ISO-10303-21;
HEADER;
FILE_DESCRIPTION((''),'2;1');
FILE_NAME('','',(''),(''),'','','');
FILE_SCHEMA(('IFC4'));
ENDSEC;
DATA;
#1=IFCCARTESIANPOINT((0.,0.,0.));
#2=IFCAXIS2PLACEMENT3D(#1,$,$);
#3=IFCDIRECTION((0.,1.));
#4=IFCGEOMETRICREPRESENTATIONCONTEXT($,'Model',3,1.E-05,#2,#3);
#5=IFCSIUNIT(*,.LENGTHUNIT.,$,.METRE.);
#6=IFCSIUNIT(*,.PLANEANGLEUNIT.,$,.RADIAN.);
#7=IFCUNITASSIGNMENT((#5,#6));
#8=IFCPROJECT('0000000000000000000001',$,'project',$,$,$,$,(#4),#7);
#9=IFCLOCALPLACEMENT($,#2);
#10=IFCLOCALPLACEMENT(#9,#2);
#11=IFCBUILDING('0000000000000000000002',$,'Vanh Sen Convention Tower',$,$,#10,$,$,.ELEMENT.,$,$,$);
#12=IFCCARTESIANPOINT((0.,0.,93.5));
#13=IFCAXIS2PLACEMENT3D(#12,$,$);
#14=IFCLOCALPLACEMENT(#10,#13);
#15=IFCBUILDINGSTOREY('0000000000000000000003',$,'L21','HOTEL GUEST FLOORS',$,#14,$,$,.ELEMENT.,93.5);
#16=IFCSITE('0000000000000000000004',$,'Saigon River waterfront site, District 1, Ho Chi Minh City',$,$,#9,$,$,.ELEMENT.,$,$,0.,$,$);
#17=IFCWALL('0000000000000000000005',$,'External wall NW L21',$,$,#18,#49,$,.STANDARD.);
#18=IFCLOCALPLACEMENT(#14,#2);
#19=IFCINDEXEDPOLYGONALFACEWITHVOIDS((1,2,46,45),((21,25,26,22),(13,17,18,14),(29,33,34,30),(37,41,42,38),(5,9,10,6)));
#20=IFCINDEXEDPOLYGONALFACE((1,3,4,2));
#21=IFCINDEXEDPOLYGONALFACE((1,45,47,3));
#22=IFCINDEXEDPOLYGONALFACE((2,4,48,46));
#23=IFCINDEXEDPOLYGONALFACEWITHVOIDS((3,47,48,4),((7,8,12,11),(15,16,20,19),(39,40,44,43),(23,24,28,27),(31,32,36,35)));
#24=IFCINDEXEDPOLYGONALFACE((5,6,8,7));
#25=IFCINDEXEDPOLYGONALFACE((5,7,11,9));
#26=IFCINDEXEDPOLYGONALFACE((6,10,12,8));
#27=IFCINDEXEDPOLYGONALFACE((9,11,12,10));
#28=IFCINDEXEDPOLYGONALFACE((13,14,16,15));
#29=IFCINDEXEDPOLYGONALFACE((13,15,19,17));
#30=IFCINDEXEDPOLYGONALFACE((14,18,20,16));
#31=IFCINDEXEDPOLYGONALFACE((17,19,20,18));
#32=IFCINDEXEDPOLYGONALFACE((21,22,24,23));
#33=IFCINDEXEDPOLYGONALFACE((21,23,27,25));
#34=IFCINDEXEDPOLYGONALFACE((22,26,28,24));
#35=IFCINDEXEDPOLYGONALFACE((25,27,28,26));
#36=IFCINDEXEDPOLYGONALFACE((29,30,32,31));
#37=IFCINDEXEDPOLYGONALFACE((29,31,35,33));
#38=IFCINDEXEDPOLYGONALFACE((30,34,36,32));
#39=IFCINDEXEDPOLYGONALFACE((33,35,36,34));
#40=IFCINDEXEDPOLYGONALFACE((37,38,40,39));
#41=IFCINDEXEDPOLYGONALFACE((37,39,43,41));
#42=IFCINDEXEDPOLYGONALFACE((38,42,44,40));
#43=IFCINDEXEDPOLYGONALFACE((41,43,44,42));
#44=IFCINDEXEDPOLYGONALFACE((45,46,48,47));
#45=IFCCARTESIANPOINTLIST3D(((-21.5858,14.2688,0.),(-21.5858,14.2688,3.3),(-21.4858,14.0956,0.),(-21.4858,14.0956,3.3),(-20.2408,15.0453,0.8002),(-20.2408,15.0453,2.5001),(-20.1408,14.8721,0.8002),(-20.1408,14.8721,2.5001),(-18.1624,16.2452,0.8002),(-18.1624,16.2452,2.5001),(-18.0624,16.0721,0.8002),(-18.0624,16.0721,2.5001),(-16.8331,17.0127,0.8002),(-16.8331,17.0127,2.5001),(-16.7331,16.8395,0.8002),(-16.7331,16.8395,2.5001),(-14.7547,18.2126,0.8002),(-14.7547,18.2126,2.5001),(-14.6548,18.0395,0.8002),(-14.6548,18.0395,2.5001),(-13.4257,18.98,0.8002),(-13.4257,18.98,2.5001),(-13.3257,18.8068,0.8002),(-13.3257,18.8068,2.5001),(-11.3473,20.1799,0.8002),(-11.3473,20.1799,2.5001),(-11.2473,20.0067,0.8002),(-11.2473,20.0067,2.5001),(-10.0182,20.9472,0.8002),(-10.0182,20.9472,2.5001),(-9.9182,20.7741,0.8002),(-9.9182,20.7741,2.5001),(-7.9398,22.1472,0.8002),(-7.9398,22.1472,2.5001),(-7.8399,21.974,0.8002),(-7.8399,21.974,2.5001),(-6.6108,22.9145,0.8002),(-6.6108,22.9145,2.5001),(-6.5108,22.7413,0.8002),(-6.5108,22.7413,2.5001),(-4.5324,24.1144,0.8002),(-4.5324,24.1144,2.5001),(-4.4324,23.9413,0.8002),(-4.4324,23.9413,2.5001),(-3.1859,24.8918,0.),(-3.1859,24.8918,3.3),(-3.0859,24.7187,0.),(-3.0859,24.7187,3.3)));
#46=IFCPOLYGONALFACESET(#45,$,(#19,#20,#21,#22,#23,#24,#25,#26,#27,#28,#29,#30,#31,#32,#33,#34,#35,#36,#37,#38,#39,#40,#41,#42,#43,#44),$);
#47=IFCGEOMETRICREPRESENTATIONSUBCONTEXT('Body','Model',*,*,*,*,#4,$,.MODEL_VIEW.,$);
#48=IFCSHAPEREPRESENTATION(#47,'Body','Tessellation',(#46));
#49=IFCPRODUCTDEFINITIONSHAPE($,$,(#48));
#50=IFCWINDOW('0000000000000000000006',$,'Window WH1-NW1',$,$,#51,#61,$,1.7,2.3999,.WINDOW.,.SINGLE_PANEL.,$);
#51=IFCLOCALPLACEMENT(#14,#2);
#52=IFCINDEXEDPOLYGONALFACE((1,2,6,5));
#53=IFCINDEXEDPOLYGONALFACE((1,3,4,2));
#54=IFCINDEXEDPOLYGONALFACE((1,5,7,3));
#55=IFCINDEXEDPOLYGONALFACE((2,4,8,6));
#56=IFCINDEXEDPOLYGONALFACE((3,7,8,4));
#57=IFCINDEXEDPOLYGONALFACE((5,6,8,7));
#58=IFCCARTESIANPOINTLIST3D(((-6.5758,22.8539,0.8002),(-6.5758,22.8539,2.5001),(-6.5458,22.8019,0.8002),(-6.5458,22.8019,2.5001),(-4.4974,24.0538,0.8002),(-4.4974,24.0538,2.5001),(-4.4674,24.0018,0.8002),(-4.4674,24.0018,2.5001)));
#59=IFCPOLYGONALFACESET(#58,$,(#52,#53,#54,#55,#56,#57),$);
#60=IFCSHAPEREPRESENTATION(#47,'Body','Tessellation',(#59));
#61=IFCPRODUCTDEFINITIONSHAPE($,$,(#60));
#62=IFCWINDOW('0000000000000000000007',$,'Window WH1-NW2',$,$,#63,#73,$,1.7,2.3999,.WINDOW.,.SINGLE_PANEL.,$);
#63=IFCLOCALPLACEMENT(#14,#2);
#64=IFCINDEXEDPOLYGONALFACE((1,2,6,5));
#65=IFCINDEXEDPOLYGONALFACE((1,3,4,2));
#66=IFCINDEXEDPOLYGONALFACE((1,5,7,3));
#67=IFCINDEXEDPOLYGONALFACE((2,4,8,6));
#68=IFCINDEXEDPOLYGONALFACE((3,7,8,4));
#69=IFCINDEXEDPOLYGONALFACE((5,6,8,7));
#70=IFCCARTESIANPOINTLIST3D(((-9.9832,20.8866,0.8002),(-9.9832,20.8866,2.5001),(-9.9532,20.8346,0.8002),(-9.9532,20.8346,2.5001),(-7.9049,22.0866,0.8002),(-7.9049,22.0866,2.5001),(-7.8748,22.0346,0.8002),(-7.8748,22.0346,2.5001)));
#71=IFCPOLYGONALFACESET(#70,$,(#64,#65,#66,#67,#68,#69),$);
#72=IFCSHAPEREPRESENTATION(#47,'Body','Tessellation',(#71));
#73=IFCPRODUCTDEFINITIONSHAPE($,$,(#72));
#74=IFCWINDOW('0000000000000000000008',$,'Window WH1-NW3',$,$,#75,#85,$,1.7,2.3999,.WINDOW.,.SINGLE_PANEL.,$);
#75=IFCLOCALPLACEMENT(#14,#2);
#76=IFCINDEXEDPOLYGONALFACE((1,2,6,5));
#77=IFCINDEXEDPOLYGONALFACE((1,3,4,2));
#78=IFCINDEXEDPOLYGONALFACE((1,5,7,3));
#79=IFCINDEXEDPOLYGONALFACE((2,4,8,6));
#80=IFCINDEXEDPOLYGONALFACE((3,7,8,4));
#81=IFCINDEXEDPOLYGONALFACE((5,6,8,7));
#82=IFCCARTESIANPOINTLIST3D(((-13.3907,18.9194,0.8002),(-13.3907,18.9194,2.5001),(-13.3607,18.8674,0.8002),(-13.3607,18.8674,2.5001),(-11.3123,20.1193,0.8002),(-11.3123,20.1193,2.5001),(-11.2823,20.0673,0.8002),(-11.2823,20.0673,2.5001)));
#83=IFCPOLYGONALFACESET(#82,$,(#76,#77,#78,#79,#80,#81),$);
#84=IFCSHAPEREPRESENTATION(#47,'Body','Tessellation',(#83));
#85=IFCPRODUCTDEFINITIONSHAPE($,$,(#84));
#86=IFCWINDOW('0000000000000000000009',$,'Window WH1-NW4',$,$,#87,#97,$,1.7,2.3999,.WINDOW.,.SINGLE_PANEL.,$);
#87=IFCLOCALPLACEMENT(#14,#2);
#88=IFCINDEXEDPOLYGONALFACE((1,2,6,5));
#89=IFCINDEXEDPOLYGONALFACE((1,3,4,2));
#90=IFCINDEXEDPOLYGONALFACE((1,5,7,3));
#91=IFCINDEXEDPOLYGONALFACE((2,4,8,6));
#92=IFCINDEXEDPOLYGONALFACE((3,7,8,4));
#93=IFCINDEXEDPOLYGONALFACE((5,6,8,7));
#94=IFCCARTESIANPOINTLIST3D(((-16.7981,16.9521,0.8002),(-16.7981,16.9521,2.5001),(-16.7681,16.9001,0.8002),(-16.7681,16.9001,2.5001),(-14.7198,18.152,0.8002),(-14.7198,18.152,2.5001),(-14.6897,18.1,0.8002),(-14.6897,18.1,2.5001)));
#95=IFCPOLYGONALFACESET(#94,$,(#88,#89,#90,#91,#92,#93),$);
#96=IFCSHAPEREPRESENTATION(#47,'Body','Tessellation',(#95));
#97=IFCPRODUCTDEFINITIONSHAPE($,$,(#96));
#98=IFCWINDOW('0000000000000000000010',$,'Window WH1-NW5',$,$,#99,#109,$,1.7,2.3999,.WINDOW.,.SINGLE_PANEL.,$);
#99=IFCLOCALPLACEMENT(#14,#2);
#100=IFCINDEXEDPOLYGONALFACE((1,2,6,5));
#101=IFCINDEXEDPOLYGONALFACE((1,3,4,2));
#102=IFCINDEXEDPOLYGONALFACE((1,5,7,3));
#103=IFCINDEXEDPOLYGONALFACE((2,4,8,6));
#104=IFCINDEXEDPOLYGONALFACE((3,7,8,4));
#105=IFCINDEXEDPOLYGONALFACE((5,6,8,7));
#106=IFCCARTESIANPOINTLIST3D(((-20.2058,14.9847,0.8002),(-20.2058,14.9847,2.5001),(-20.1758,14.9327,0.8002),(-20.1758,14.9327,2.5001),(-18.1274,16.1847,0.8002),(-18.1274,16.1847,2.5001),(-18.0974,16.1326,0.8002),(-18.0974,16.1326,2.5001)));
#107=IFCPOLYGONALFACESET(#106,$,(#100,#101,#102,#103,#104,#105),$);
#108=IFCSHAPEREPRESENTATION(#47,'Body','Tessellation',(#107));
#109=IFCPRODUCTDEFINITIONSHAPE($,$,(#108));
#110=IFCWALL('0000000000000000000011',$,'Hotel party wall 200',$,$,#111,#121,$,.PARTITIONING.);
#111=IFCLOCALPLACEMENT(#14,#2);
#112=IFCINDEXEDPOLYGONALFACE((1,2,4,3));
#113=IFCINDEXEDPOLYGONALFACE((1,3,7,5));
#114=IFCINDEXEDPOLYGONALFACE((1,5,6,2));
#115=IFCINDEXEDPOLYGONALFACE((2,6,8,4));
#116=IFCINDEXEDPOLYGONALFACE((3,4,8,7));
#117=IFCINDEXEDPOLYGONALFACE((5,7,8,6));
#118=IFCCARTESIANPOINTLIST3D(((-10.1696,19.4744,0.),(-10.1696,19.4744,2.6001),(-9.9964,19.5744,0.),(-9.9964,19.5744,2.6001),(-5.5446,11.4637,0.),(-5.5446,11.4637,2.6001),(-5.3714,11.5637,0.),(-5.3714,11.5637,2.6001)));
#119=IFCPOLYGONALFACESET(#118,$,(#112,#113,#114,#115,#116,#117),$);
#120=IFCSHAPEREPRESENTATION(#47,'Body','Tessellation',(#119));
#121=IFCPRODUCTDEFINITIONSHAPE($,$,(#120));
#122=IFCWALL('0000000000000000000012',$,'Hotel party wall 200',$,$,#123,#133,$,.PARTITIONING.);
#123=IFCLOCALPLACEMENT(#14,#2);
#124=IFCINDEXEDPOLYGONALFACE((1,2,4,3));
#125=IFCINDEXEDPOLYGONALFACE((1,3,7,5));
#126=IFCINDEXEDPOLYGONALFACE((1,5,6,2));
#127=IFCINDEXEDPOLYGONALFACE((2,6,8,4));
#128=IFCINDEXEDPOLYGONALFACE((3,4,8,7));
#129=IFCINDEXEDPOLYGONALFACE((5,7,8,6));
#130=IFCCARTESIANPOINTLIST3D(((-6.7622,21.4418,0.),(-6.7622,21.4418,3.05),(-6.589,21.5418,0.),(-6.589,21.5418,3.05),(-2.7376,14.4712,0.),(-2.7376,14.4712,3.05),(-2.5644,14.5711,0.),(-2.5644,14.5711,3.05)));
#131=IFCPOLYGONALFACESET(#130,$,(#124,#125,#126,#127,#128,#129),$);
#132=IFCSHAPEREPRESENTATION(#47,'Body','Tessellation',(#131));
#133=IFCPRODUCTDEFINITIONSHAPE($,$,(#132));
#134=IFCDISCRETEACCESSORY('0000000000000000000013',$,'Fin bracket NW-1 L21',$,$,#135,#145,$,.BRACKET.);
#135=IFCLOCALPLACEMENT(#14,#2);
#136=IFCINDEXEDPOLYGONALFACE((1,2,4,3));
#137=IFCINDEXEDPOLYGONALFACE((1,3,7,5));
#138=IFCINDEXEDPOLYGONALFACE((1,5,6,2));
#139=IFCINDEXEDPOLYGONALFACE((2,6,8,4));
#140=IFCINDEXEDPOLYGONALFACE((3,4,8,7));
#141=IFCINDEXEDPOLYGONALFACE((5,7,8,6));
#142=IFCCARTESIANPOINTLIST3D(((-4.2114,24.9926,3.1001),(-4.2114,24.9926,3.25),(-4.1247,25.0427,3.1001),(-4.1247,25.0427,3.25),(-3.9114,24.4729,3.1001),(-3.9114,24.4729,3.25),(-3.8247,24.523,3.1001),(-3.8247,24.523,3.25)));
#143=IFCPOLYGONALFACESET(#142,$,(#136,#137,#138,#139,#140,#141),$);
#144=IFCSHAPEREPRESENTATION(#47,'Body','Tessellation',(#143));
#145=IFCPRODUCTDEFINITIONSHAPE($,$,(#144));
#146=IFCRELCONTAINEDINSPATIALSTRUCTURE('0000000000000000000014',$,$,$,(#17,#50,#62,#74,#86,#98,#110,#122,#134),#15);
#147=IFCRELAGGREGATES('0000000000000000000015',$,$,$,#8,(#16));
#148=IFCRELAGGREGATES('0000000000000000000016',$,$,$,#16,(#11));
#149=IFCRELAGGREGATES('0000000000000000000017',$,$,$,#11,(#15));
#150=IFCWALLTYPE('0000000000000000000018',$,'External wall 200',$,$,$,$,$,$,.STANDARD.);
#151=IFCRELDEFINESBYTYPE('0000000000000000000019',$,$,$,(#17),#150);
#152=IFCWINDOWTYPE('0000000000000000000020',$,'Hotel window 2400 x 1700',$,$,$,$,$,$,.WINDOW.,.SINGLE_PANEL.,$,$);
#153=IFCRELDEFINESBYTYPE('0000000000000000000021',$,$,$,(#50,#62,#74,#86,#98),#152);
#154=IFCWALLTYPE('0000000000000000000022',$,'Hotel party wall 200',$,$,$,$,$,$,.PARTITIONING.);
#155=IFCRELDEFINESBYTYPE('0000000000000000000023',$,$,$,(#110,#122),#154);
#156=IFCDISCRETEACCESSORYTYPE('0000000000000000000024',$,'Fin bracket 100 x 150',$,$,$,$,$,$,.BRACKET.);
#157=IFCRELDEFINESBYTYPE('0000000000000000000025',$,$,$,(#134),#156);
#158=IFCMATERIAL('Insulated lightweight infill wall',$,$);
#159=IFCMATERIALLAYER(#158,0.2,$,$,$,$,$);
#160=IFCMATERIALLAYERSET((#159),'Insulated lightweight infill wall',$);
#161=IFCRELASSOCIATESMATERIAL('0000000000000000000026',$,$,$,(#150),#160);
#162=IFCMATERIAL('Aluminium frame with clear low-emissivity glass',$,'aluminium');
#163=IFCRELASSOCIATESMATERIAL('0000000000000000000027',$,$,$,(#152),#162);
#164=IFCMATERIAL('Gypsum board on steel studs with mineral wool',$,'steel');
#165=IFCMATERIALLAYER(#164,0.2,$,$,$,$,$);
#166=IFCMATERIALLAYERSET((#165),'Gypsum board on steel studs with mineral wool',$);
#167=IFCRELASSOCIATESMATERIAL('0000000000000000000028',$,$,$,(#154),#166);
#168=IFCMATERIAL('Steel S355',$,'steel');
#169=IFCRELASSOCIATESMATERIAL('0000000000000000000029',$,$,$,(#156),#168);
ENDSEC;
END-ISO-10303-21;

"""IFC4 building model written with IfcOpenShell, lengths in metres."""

from ifc_helpers import new_model, si_unit, direction, frame, frame_2d, origin, origin_2d, place, context, subcontext, project, spatial, rectangle, extrude, material, layer, layer_set, type_object, element, fill, save


model = new_model("IFC4")

# Units and contexts
model_context = context("Model", 3, precision=1e-05, world=origin(), true_north=direction((0.0, 1.0)))
body_context = subcontext(model_context, "Body", "Model", "MODEL_VIEW")
ifc_project = project(units=[si_unit("LENGTHUNIT", "METRE"), si_unit("PLANEANGLEUNIT", "RADIAN")], contexts=[model_context])

# Site, building, storey
site_placement = place(None, origin())
site = spatial("IfcSite", under=ifc_project, at=site_placement, Name="Saigon River waterfront site, District 1, Ho Chi Minh City", CompositionType="ELEMENT", RefElevation=0.0)
building_placement = place(site_placement, origin())
building = spatial("IfcBuilding", under=site, at=building_placement, Name="Vanh Sen Convention Tower", CompositionType="ELEMENT")
storey_placement = place(building_placement, frame((0.0, 0.0, 93.5)))
storey = spatial("IfcBuildingStorey", under=building, at=storey_placement, Name="L21", Description="HOTEL GUEST FLOORS", CompositionType="ELEMENT", Elevation=93.5)

# Shared definitions
ifc_material_1 = material(Name="Gypsum board on steel studs with mineral wool", Category="steel")

# Wall, openings, windows
ifc_material_2 = material(Name="Insulated lightweight infill wall")
ifc_layer_1 = layer(ifc_material_2, 0.2)
ifc_layer_set_1 = layer_set([ifc_layer_1], Name="Insulated lightweight infill wall")
wall_type_1 = type_object("IfcWallType", Name="External wall 200", PredefinedType="STANDARD", material=ifc_layer_set_1)
wall_1_placement = place(storey_placement, frame((-3.136, 24.8052, 0.0), z_axis=(0.0, 0.0, 1.0), x_axis=(-0.866028, -0.499995, 0.0)))
wall_1 = element("IfcWall", 1, at=wall_1_placement, inside=storey, type_object=wall_type_1, Name="External wall NW L21", PredefinedType="STANDARD", context=body_context, shape_type="SweptSolid", body=[
    extrude(rectangle(XDim=21.2463, YDim=0.2, at=frame_2d((10.623, 0.0))), origin(), (0.0, 0.0, 1.0), 3.3),
])
opening_1_placement = place(wall_1_placement, frame((1.5547, 0.0, 0.8)))
opening_1 = element("IfcOpeningElement", 2, at=opening_1_placement, cuts=wall_1, PredefinedType="OPENING", context=body_context, shape_type="SweptSolid", body=[
    extrude(rectangle(XDim=2.3999, YDim=1.7, at=frame_2d((1.2, 0.8501))), frame((0.0, 0.1099, 0.0), z_axis=(0.0, -1.0, 0.0), x_axis=(1.0, 0.0, 0.0)), (0.0, 0.0, 1.0), 0.22),
])
opening_2_placement = place(wall_1_placement, frame((5.4893, 0.0, 0.8)))
opening_2 = element("IfcOpeningElement", 3, at=opening_2_placement, cuts=wall_1, PredefinedType="OPENING", context=body_context, shape_type="SweptSolid", body=[
    extrude(rectangle(XDim=2.3999, YDim=1.7, at=frame_2d((1.2, 0.8501))), frame((0.0, 0.1099, 0.0), z_axis=(0.0, -1.0, 0.0), x_axis=(1.0, 0.0, 0.0)), (0.0, 0.0, 1.0), 0.22),
])
opening_3_placement = place(wall_1_placement, frame((9.4238, 0.0, 0.8)))
opening_3 = element("IfcOpeningElement", 4, at=opening_3_placement, cuts=wall_1, PredefinedType="OPENING", context=body_context, shape_type="SweptSolid", body=[
    extrude(rectangle(XDim=2.3999, YDim=1.7, at=frame_2d((1.2, 0.8501))), frame((0.0, 0.1099, 0.0), z_axis=(0.0, -1.0, 0.0), x_axis=(1.0, 0.0, 0.0)), (0.0, 0.0, 1.0), 0.22),
])
opening_4_placement = place(wall_1_placement, frame((13.3584, 0.0, 0.8)))
opening_4 = element("IfcOpeningElement", 5, at=opening_4_placement, cuts=wall_1, PredefinedType="OPENING", context=body_context, shape_type="SweptSolid", body=[
    extrude(rectangle(XDim=2.3999, YDim=1.7, at=frame_2d((1.2, 0.8501))), frame((0.0, 0.1099, 0.0), z_axis=(0.0, -1.0, 0.0), x_axis=(1.0, 0.0, 0.0)), (0.0, 0.0, 1.0), 0.22),
])
opening_5_placement = place(wall_1_placement, frame((17.2932, 0.0, 0.8)))
opening_5 = element("IfcOpeningElement", 6, at=opening_5_placement, cuts=wall_1, PredefinedType="OPENING", context=body_context, shape_type="SweptSolid", body=[
    extrude(rectangle(XDim=2.3999, YDim=1.7, at=frame_2d((1.2, 0.8501))), frame((0.0, 0.1099, 0.0), z_axis=(0.0, -1.0, 0.0), x_axis=(1.0, 0.0, 0.0)), (0.0, 0.0, 1.0), 0.22),
])
ifc_material_3 = material(Name="Aluminium frame with clear low-emissivity glass", Category="aluminium")
window_type = type_object("IfcWindowType", Name="Hotel window 2400 x 1700", PartitioningType="SINGLE_PANEL", PredefinedType="WINDOW", material=ifc_material_3)
window_1_placement = place(opening_1_placement, origin())
window_1 = element("IfcWindow", 7, at=window_1_placement, inside=storey, type_object=window_type, Name="Window WH1-NW1", OverallHeight=1.7, OverallWidth=2.3999, PartitioningType="SINGLE_PANEL", PredefinedType="WINDOW", context=body_context, shape_type="SweptSolid", body=[
    extrude(rectangle(XDim=2.3999, YDim=1.7, at=frame_2d((1.2, 0.8501))), frame((0.0, 0.03, 0.0), z_axis=(0.0, -1.0, 0.0), x_axis=(1.0, 0.0, 0.0)), (0.0, 0.0, 1.0), 0.0601),
])
fill(opening_1, window_1)
window_2_placement = place(opening_2_placement, origin())
window_2 = element("IfcWindow", 8, at=window_2_placement, inside=storey, type_object=window_type, Name="Window WH1-NW2", OverallHeight=1.7, OverallWidth=2.3999, PartitioningType="SINGLE_PANEL", PredefinedType="WINDOW", context=body_context, shape_type="SweptSolid", body=[
    extrude(rectangle(XDim=2.3999, YDim=1.7, at=frame_2d((1.2, 0.8501))), frame((0.0, 0.03, 0.0), z_axis=(0.0, -1.0, 0.0), x_axis=(1.0, 0.0, 0.0)), (0.0, 0.0, 1.0), 0.0601),
])
fill(opening_2, window_2)
window_3_placement = place(opening_3_placement, origin())
window_3 = element("IfcWindow", 9, at=window_3_placement, inside=storey, type_object=window_type, Name="Window WH1-NW3", OverallHeight=1.7, OverallWidth=2.3999, PartitioningType="SINGLE_PANEL", PredefinedType="WINDOW", context=body_context, shape_type="SweptSolid", body=[
    extrude(rectangle(XDim=2.3999, YDim=1.7, at=frame_2d((1.2, 0.8501))), frame((0.0, 0.03, 0.0), z_axis=(0.0, -1.0, 0.0), x_axis=(1.0, 0.0, 0.0)), (0.0, 0.0, 1.0), 0.0601),
])
fill(opening_3, window_3)
window_4_placement = place(opening_4_placement, origin())
window_4 = element("IfcWindow", 10, at=window_4_placement, inside=storey, type_object=window_type, Name="Window WH1-NW4", OverallHeight=1.7, OverallWidth=2.3999, PartitioningType="SINGLE_PANEL", PredefinedType="WINDOW", context=body_context, shape_type="SweptSolid", body=[
    extrude(rectangle(XDim=2.3999, YDim=1.7, at=frame_2d((1.2, 0.8501))), frame((0.0, 0.03, 0.0), z_axis=(0.0, -1.0, 0.0), x_axis=(1.0, 0.0, 0.0)), (0.0, 0.0, 1.0), 0.0601),
])
fill(opening_4, window_4)
window_5_placement = place(opening_5_placement, origin())
window_5 = element("IfcWindow", 11, at=window_5_placement, inside=storey, type_object=window_type, Name="Window WH1-NW5", OverallHeight=1.7, OverallWidth=2.3999, PartitioningType="SINGLE_PANEL", PredefinedType="WINDOW", context=body_context, shape_type="SweptSolid", body=[
    extrude(rectangle(XDim=2.3999, YDim=1.7, at=frame_2d((1.2, 0.8501))), frame((0.0, 0.03, 0.0), z_axis=(0.0, -1.0, 0.0), x_axis=(1.0, 0.0, 0.0)), (0.0, 0.0, 1.0), 0.0601),
])
fill(opening_5, window_5)

# Walls
ifc_layer_2 = layer(ifc_material_1, 0.2)
ifc_layer_set_2 = layer_set([ifc_layer_2], Name="Gypsum board on steel studs with mineral wool")
wall_type_2 = type_object("IfcWallType", Name="Hotel party wall 200", PredefinedType="PARTITIONING", material=ifc_layer_set_2)
wall_2_placement = place(storey_placement, frame((-10.083, 19.5244, 0.0), z_axis=(0.0, 0.0, 1.0), x_axis=(0.5, -0.866026, 0.0)))
element("IfcWall", 12, at=wall_2_placement, inside=storey, type_object=wall_type_2, Name="Hotel party wall 200", PredefinedType="PARTITIONING", context=body_context, shape_type="SweptSolid", body=[
    extrude(rectangle(XDim=9.25, YDim=0.2, at=frame_2d((4.625, 0.0))), origin(), (0.0, 0.0, 1.0), 2.6001),
])
wall_3_placement = place(storey_placement, frame((-6.6755, 21.4917, 0.0), z_axis=(0.0, 0.0, 1.0), x_axis=(0.500011, -0.866019, 0.0)))
element("IfcWall", 13, at=wall_3_placement, inside=storey, type_object=wall_type_2, Name="Hotel party wall 200", PredefinedType="PARTITIONING", context=body_context, shape_type="SweptSolid", body=[
    extrude(rectangle(XDim=8.0491, YDim=0.2, at=frame_2d((4.0244, 0.0))), origin(), (0.0, 0.0, 1.0), 3.05),
])

# Discrete accessory
ifc_material_4 = material(Name="Steel S355", Category="steel")
discrete_accessory_type = type_object("IfcDiscreteAccessoryType", Name="Fin bracket 100 x 150", PredefinedType="BRACKET", material=ifc_material_4)
discrete_accessory_placement = place(storey_placement, frame((-4.0181, 24.7578, 3.1001), z_axis=(0.0, 0.0, 1.0), x_axis=(-0.5, 0.866025, 0.0)))
element("IfcDiscreteAccessory", 14, at=discrete_accessory_placement, inside=storey, type_object=discrete_accessory_type, Name="Fin bracket NW-1 L21", PredefinedType="BRACKET", context=body_context, shape_type="SweptSolid", body=[
    extrude(rectangle(XDim=0.6001, YDim=0.1001, at=origin_2d()), origin(), (0.0, 0.0, 1.0), 0.1499),
])

save(model, "model.ifc")
